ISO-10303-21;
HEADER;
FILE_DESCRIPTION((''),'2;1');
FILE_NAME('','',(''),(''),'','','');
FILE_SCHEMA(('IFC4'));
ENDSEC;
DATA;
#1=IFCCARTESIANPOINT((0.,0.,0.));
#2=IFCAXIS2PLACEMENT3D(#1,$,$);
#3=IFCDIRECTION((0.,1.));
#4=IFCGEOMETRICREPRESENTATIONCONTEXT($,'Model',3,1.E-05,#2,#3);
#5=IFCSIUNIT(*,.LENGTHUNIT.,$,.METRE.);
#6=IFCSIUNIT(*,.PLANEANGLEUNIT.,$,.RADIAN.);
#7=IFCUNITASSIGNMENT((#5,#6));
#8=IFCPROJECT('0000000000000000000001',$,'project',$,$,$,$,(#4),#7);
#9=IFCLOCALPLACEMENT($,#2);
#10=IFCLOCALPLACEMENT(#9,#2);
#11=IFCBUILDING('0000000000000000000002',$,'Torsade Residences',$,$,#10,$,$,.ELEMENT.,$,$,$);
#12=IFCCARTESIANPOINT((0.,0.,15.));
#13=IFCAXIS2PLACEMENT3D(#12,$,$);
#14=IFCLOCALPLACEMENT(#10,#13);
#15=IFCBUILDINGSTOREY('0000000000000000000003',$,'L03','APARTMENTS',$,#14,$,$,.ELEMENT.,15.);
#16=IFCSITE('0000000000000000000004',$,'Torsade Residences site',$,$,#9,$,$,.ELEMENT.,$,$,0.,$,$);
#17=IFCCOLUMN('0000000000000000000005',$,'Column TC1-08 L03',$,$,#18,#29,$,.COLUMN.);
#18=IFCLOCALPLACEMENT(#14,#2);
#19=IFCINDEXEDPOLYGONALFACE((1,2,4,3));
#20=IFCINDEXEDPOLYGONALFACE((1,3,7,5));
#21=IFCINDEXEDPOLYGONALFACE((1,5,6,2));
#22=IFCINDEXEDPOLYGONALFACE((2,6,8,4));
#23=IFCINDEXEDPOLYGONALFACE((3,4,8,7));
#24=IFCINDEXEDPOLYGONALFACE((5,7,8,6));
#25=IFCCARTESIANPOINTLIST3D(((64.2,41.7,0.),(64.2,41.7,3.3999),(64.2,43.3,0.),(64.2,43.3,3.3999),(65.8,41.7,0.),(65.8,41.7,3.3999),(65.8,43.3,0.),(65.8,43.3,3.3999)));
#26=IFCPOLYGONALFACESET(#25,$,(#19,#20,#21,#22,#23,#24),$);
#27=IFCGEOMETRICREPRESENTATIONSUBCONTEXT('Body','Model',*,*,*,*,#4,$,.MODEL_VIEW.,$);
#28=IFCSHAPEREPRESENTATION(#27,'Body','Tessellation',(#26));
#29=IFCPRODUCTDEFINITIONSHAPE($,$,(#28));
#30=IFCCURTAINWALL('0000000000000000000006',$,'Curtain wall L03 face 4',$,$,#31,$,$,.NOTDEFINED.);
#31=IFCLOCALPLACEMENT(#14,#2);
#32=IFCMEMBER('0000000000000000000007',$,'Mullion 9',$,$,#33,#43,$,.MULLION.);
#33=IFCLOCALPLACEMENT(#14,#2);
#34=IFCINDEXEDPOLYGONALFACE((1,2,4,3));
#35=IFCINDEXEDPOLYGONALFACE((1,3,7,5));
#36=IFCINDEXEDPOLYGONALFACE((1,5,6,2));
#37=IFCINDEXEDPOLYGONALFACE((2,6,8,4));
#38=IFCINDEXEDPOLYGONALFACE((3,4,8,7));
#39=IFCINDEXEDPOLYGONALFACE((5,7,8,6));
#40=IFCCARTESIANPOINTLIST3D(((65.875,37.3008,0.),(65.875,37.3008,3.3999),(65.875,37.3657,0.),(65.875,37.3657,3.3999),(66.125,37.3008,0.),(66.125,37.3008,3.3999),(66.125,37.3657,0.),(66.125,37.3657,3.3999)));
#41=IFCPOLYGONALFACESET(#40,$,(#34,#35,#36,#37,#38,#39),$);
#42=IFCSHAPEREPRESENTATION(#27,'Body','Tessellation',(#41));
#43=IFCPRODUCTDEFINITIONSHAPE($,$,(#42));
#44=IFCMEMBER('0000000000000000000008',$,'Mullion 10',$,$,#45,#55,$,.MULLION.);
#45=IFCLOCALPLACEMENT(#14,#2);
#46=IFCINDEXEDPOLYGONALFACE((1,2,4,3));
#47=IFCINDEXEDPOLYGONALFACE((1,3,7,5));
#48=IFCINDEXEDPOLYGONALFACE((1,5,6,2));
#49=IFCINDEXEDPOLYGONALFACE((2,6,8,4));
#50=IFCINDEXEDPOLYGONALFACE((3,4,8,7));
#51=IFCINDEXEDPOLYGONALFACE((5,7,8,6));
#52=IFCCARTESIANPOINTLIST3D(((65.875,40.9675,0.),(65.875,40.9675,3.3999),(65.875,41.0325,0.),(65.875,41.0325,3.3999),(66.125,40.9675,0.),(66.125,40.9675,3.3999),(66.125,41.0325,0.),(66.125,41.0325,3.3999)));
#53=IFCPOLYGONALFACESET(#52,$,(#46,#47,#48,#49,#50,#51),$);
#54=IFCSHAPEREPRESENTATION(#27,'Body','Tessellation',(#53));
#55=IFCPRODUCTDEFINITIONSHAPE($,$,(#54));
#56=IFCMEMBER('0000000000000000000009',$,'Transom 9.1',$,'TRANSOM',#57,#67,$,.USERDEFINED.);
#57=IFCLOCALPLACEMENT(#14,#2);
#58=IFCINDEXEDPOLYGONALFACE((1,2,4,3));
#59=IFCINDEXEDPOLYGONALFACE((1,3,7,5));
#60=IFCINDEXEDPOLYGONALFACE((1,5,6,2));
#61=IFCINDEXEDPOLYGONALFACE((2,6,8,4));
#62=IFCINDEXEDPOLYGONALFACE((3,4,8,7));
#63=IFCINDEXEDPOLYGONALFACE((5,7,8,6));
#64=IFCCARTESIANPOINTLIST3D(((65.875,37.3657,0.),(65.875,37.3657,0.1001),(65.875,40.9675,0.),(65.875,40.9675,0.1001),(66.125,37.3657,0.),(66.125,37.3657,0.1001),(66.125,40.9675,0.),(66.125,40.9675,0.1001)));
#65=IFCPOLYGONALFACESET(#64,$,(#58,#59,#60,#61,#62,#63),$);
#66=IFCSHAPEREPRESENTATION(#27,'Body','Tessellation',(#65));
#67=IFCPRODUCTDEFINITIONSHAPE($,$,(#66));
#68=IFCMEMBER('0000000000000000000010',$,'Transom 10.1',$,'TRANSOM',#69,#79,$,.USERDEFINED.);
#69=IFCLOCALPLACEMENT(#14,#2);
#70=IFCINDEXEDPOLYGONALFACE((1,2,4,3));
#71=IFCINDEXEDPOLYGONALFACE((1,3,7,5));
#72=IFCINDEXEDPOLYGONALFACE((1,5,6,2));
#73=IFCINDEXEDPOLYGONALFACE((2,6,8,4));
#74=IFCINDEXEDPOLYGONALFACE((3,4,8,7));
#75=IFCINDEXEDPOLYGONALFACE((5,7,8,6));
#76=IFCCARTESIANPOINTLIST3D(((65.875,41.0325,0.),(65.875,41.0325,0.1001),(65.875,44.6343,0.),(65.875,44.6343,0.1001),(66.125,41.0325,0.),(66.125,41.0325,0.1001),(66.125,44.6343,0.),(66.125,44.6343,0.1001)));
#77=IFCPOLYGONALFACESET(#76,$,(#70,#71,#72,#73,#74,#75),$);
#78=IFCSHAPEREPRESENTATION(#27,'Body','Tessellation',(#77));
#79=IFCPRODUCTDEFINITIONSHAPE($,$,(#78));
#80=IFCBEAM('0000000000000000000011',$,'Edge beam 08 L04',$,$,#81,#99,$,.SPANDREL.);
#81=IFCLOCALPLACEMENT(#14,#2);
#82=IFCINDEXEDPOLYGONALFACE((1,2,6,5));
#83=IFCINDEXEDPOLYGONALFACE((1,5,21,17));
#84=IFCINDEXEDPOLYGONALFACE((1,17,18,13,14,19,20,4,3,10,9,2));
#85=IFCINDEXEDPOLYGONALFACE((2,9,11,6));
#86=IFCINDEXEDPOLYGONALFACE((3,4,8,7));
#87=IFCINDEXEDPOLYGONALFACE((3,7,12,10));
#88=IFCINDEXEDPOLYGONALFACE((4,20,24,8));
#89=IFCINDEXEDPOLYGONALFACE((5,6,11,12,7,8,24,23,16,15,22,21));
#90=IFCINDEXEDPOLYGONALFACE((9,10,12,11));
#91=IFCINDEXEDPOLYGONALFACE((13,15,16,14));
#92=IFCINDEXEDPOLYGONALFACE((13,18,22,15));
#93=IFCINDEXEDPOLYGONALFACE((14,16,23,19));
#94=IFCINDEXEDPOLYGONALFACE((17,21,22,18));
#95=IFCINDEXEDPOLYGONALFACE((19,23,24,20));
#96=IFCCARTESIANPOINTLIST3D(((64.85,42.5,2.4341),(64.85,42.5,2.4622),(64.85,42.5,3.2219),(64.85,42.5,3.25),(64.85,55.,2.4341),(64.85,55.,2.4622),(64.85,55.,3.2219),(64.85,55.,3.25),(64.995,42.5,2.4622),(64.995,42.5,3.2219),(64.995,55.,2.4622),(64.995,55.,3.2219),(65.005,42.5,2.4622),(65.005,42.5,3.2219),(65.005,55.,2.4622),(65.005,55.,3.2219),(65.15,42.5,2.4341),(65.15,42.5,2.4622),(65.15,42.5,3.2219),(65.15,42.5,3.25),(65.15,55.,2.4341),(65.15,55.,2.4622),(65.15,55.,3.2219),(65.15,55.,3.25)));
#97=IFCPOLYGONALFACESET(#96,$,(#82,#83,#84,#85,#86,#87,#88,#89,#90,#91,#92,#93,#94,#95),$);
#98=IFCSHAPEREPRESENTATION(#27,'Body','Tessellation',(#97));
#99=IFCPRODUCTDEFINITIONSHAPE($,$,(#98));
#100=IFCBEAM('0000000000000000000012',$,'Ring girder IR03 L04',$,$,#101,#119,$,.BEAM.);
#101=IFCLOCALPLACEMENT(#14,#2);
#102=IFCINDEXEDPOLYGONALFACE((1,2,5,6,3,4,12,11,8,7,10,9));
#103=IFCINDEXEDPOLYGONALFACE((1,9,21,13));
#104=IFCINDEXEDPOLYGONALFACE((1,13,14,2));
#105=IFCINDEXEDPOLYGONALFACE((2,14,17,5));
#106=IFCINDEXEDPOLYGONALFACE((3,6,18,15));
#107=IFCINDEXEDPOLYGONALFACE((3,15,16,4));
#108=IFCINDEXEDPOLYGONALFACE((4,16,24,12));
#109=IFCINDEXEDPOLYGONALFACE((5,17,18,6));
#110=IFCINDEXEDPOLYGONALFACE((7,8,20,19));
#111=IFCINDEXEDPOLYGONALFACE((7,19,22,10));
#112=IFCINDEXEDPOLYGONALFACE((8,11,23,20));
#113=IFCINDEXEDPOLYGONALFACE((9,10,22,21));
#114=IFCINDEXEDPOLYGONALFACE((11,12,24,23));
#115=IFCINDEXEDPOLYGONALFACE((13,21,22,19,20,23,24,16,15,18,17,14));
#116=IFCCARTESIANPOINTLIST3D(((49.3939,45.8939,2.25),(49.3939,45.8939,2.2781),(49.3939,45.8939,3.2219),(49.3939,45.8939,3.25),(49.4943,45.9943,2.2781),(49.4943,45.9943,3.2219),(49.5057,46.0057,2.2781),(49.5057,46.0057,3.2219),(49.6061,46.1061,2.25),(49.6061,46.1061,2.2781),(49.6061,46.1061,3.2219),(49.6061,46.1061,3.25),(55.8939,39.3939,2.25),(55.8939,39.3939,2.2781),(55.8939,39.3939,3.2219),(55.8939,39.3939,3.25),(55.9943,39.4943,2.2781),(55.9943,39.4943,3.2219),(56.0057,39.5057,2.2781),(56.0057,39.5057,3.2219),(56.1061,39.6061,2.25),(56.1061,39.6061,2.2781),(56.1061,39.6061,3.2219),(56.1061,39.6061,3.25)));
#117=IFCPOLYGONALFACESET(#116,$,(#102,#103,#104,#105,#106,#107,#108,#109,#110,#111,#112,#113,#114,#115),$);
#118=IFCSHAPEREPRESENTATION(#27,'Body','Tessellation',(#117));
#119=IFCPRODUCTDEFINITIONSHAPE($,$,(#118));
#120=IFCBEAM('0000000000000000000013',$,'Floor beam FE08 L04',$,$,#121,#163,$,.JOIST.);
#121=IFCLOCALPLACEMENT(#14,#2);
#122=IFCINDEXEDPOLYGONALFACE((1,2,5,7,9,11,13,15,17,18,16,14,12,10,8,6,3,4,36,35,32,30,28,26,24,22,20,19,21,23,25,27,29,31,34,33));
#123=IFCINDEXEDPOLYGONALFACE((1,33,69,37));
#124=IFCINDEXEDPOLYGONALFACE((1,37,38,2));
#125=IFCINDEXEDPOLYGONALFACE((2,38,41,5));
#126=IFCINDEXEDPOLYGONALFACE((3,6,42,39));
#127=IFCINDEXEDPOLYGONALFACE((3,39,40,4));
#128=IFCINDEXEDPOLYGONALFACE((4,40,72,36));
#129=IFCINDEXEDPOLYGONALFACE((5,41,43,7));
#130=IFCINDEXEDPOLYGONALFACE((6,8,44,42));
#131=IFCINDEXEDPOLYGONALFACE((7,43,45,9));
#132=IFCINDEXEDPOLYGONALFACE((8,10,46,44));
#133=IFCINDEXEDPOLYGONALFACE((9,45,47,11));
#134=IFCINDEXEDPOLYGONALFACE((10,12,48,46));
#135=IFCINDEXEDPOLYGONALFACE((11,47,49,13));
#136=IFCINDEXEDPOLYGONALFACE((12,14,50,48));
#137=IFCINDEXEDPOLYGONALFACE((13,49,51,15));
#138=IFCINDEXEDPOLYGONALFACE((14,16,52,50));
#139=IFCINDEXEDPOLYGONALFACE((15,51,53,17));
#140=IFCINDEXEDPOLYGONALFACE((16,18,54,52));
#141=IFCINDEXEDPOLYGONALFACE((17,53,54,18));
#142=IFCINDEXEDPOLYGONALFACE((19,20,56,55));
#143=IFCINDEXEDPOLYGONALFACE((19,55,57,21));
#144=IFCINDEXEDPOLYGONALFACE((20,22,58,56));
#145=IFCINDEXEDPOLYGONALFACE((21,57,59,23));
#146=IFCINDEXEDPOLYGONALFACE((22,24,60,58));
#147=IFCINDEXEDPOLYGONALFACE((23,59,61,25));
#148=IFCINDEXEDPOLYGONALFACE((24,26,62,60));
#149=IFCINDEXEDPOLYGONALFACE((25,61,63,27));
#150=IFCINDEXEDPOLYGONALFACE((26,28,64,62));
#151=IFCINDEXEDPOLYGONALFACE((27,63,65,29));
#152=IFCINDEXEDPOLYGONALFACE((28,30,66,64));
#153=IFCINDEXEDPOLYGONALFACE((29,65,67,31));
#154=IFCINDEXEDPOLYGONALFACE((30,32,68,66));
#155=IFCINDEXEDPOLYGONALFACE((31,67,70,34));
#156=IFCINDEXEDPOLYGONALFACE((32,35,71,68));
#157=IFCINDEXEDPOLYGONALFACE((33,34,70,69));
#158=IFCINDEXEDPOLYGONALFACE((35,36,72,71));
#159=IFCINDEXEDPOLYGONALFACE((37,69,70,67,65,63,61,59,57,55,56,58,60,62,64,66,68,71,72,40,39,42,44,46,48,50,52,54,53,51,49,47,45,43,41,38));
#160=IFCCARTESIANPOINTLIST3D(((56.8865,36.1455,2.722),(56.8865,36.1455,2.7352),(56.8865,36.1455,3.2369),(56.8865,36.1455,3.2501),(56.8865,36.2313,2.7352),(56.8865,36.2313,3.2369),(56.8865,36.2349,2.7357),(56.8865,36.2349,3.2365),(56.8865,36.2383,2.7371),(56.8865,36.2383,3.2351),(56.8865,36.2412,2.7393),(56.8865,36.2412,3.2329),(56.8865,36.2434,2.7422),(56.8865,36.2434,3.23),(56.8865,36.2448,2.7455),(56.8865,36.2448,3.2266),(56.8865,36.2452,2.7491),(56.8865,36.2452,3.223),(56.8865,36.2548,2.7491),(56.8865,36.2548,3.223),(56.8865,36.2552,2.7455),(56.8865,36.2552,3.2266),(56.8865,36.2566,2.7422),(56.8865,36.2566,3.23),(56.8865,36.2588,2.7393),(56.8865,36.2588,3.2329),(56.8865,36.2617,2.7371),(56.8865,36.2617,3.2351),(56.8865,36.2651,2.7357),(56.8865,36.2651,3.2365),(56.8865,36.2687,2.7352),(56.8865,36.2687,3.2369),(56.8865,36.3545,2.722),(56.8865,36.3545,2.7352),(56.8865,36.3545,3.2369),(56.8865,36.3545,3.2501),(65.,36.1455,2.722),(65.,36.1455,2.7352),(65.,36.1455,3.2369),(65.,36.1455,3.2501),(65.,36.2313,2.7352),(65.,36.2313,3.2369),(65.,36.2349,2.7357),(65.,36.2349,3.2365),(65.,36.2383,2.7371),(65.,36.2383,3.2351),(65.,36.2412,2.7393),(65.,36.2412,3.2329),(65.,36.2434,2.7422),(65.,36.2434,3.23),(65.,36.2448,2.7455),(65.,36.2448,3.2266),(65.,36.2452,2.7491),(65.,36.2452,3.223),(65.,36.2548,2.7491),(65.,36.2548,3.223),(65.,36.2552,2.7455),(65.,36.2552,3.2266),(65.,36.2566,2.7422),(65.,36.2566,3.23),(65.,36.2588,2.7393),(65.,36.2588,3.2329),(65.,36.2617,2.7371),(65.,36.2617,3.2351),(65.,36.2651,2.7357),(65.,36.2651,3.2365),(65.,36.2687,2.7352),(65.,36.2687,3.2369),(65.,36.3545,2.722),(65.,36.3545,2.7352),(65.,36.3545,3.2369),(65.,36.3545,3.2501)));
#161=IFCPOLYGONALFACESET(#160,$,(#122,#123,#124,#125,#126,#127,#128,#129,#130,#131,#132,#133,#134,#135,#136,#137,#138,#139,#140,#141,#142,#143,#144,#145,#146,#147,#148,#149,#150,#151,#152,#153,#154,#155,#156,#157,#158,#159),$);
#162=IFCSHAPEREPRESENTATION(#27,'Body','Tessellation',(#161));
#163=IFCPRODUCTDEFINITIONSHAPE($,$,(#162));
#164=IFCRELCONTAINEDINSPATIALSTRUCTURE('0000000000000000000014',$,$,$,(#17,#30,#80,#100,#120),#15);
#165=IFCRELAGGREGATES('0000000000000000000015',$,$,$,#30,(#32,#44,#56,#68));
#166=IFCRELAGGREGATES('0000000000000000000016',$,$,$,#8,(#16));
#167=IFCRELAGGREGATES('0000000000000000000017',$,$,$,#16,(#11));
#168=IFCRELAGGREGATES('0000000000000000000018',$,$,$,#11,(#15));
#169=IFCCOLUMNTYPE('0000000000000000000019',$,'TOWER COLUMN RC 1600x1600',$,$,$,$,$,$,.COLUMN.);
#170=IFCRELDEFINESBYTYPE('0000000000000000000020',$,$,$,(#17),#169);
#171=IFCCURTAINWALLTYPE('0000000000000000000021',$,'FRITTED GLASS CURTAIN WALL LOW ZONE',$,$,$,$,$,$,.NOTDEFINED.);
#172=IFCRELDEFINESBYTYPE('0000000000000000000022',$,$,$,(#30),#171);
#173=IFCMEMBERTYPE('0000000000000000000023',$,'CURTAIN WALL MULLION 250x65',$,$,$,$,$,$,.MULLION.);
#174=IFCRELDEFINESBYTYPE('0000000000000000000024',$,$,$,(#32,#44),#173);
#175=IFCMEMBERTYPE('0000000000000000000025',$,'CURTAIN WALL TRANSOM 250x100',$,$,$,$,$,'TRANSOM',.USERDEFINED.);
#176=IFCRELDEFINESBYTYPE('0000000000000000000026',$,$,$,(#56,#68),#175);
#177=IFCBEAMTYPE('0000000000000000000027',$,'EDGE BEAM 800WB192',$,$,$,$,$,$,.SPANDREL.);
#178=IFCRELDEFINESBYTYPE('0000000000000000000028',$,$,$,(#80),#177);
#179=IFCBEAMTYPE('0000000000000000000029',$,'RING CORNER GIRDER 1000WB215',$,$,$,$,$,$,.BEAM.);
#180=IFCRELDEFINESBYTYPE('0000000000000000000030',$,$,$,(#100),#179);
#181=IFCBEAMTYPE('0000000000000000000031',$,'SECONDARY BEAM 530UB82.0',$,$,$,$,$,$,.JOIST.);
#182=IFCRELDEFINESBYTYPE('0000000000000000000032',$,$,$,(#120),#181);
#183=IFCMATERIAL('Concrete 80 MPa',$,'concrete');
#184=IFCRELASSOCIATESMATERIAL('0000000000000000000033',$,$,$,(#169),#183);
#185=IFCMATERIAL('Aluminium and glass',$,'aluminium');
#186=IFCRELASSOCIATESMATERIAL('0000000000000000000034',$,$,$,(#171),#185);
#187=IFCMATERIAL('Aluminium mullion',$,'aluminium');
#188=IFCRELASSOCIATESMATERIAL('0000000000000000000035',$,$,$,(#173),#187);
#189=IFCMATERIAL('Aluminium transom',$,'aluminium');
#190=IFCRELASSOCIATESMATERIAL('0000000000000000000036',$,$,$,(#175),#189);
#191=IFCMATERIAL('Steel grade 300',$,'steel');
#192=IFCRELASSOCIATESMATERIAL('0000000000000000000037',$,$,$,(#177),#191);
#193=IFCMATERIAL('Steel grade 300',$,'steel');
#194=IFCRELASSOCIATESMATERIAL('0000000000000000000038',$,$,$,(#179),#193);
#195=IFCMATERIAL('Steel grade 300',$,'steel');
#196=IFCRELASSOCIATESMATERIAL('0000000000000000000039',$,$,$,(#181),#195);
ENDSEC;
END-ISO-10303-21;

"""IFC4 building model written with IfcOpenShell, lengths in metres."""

from ifc_helpers import new_model, si_unit, direction, frame, origin, origin_2d, place, context, subcontext, project, spatial, rectangle, i_section, extrude, material, material_profile, profile_set, type_object, element, aggregate, save


model = new_model("IFC4")

# Units and contexts
model_context = context("Model", 3, precision=1e-05, world=origin(), true_north=direction((0.0, 1.0)))
body_context = subcontext(model_context, "Body", "Model", "MODEL_VIEW")
ifc_project = project(units=[si_unit("LENGTHUNIT", "METRE"), si_unit("PLANEANGLEUNIT", "RADIAN")], contexts=[model_context])

# Site, building, storey
site_placement = place(None, origin())
site = spatial("IfcSite", under=ifc_project, at=site_placement, Name="Torsade Residences site", CompositionType="ELEMENT", RefElevation=0.0)
building_placement = place(site_placement, origin())
building = spatial("IfcBuilding", under=site, at=building_placement, Name="Torsade Residences", CompositionType="ELEMENT")
storey_placement = place(building_placement, frame((0.0, 0.0, 15.0)))
storey = spatial("IfcBuildingStorey", under=building, at=storey_placement, Name="L03", Description="APARTMENTS", CompositionType="ELEMENT", Elevation=15.0)

# Column
ifc_material_1 = material(Name="Concrete 80 MPa", Category="concrete")
ifc_material_profile_1 = material_profile(ifc_material_1, rectangle(XDim=1.6001, YDim=1.6001, at=origin_2d()), Name="RC 1600x1600")
ifc_profile_set_1 = profile_set([ifc_material_profile_1], Name="Concrete 80 MPa")
column_type = type_object("IfcColumnType", Name="TOWER COLUMN RC 1600x1600", PredefinedType="COLUMN", material=ifc_profile_set_1)
column_placement = place(storey_placement, frame((65.0, 42.5, 0.0), z_axis=(0.0, 0.0, 1.0), x_axis=(1.0, 0.0, 0.0)))
element("IfcColumn", 1, at=column_placement, inside=storey, type_object=column_type, Name="Column TC1-08 L03", PredefinedType="COLUMN", context=body_context, shape_type="SweptSolid", body=[
    extrude(rectangle(XDim=1.6001, YDim=1.6001, at=origin_2d()), origin(), (0.0, 0.0, 1.0), 3.3999),
])

# Curtain wall, members
ifc_material_2 = material(Name="Aluminium and glass", Category="aluminium")
curtain_wall_type = type_object("IfcCurtainWallType", Name="FRITTED GLASS CURTAIN WALL LOW ZONE", PredefinedType="NOTDEFINED", material=ifc_material_2)
curtain_wall_placement = place(storey_placement, origin())
curtain_wall = element("IfcCurtainWall", 2, at=curtain_wall_placement, inside=storey, type_object=curtain_wall_type, Name="Curtain wall L03 face 4", PredefinedType="NOTDEFINED")
ifc_material_3 = material(Name="Aluminium mullion", Category="aluminium")
ifc_material_profile_2 = material_profile(ifc_material_3, rectangle(XDim=0.25, YDim=0.0649, at=origin_2d()), Name="CURTAIN WALL MULLION 250x65")
ifc_profile_set_2 = profile_set([ifc_material_profile_2], Name="Aluminium mullion")
member_type_1 = type_object("IfcMemberType", Name="CURTAIN WALL MULLION 250x65", PredefinedType="MULLION", material=ifc_profile_set_2)
member_1_placement = place(storey_placement, frame((66.0, 37.3333, 0.0), z_axis=(0.0, 0.0, 1.0), x_axis=(-1.0, 0.0, 0.0)))
member_1 = element("IfcMember", 3, at=member_1_placement, type_object=member_type_1, Name="Mullion 9", PredefinedType="MULLION", context=body_context, shape_type="SweptSolid", body=[
    extrude(rectangle(XDim=0.25, YDim=0.0649, at=origin_2d()), origin(), (0.0, 0.0, 1.0), 3.3999),
])
member_2_placement = place(storey_placement, frame((66.0, 41.0, 0.0), z_axis=(0.0, 0.0, 1.0), x_axis=(-1.0, 0.0, 0.0)))
member_2 = element("IfcMember", 4, at=member_2_placement, type_object=member_type_1, Name="Mullion 10", PredefinedType="MULLION", context=body_context, shape_type="SweptSolid", body=[
    extrude(rectangle(XDim=0.25, YDim=0.0649, at=origin_2d()), origin(), (0.0, 0.0, 1.0), 3.3999),
])
ifc_material_4 = material(Name="Aluminium transom", Category="aluminium")
ifc_material_profile_3 = material_profile(ifc_material_4, rectangle(XDim=0.25, YDim=0.1001, at=origin_2d()), Name="CURTAIN WALL TRANSOM 250x100")
ifc_profile_set_3 = profile_set([ifc_material_profile_3], Name="Aluminium transom")
member_type_2 = type_object("IfcMemberType", Name="CURTAIN WALL TRANSOM 250x100", ElementType="TRANSOM", PredefinedType="USERDEFINED", material=ifc_profile_set_3)
member_3_placement = place(storey_placement, frame((66.0, 37.3657, 0.05), z_axis=(0.0, 1.0, 0.0), x_axis=(-1.0, 0.0, 0.0)))
member_3 = element("IfcMember", 5, at=member_3_placement, type_object=member_type_2, Name="Transom 9.1", ObjectType="TRANSOM", PredefinedType="USERDEFINED", context=body_context, shape_type="SweptSolid", body=[
    extrude(rectangle(XDim=0.25, YDim=0.1001, at=origin_2d()), origin(), (0.0, 0.0, 1.0), 3.6018),
])
member_4_placement = place(storey_placement, frame((66.0, 41.0325, 0.05), z_axis=(0.0, 1.0, 0.0), x_axis=(-1.0, 0.0, 0.0)))
member_4 = element("IfcMember", 6, at=member_4_placement, type_object=member_type_2, Name="Transom 10.1", ObjectType="TRANSOM", PredefinedType="USERDEFINED", context=body_context, shape_type="SweptSolid", body=[
    extrude(rectangle(XDim=0.25, YDim=0.1001, at=origin_2d()), origin(), (0.0, 0.0, 1.0), 3.6018),
])

# Beams
ifc_material_5 = material(Name="Steel grade 300", Category="steel")
ifc_material_profile_4 = material_profile(ifc_material_5, i_section(OverallWidth=0.3, OverallDepth=0.8159, WebThickness=0.01, FlangeThickness=0.0281, at=origin_2d()), Name="800WB192")
ifc_profile_set_4 = profile_set([ifc_material_profile_4], Name="Steel grade 300")
beam_type_1 = type_object("IfcBeamType", Name="EDGE BEAM 800WB192", PredefinedType="SPANDREL", material=ifc_profile_set_4)
beam_1_placement = place(storey_placement, frame((65.0, 42.5, 2.842), z_axis=(0.0, 1.0, 0.0), x_axis=(-1.0, 0.0, 0.0)))
element("IfcBeam", 7, at=beam_1_placement, inside=storey, type_object=beam_type_1, Name="Edge beam 08 L04", PredefinedType="SPANDREL", context=body_context, shape_type="SweptSolid", body=[
    extrude(i_section(OverallWidth=0.3, OverallDepth=0.8159, WebThickness=0.01, FlangeThickness=0.0281, at=origin_2d()), origin(), (0.0, 0.0, 1.0), 12.5),
])
ifc_material_6 = material(Name="Steel grade 300", Category="steel")
ifc_material_profile_5 = material_profile(ifc_material_6, i_section(OverallWidth=0.3, OverallDepth=1.0, WebThickness=0.0161, FlangeThickness=0.0281, at=origin_2d()), Name="1000WB215")
ifc_profile_set_5 = profile_set([ifc_material_profile_5], Name="Steel grade 300")
beam_type_2 = type_object("IfcBeamType", Name="RING CORNER GIRDER 1000WB215", PredefinedType="BEAM", material=ifc_profile_set_5)
beam_2_placement = place(storey_placement, frame((56.0, 39.5, 2.75), z_axis=(-0.707107, 0.707107, 0.0), x_axis=(-0.707107, -0.707107, 0.0)))
element("IfcBeam", 8, at=beam_2_placement, inside=storey, type_object=beam_type_2, Name="Ring girder IR03 L04", PredefinedType="BEAM", context=body_context, shape_type="SweptSolid", body=[
    extrude(i_section(OverallWidth=0.3, OverallDepth=1.0, WebThickness=0.0161, FlangeThickness=0.0281, at=origin_2d()), origin(), (0.0, 0.0, 1.0), 9.1924),
])
ifc_material_7 = material(Name="Steel grade 300", Category="steel")
ifc_material_profile_6 = material_profile(ifc_material_7, i_section(OverallWidth=0.209, OverallDepth=0.5281, WebThickness=0.0095, FlangeThickness=0.0132, FilletRadius=0.0139, at=origin_2d()), Name="530UB82.0")
ifc_profile_set_6 = profile_set([ifc_material_profile_6], Name="Steel grade 300")
beam_type_3 = type_object("IfcBeamType", Name="SECONDARY BEAM 530UB82.0", PredefinedType="JOIST", material=ifc_profile_set_6)
beam_3_placement = place(storey_placement, frame((65.0, 36.25, 2.9861), z_axis=(-1.0, 0.0, 0.0), x_axis=(0.0, -1.0, 0.0)))
element("IfcBeam", 9, at=beam_3_placement, inside=storey, type_object=beam_type_3, Name="Floor beam FE08 L04", PredefinedType="JOIST", context=body_context, shape_type="SweptSolid", body=[
    extrude(i_section(OverallWidth=0.209, OverallDepth=0.5281, WebThickness=0.0095, FlangeThickness=0.0132, FilletRadius=0.0139, at=origin_2d()), origin(), (0.0, 0.0, 1.0), 8.1135),
])

aggregate(curtain_wall, [member_1, member_2, member_3, member_4])

save(model, "model.ifc")
